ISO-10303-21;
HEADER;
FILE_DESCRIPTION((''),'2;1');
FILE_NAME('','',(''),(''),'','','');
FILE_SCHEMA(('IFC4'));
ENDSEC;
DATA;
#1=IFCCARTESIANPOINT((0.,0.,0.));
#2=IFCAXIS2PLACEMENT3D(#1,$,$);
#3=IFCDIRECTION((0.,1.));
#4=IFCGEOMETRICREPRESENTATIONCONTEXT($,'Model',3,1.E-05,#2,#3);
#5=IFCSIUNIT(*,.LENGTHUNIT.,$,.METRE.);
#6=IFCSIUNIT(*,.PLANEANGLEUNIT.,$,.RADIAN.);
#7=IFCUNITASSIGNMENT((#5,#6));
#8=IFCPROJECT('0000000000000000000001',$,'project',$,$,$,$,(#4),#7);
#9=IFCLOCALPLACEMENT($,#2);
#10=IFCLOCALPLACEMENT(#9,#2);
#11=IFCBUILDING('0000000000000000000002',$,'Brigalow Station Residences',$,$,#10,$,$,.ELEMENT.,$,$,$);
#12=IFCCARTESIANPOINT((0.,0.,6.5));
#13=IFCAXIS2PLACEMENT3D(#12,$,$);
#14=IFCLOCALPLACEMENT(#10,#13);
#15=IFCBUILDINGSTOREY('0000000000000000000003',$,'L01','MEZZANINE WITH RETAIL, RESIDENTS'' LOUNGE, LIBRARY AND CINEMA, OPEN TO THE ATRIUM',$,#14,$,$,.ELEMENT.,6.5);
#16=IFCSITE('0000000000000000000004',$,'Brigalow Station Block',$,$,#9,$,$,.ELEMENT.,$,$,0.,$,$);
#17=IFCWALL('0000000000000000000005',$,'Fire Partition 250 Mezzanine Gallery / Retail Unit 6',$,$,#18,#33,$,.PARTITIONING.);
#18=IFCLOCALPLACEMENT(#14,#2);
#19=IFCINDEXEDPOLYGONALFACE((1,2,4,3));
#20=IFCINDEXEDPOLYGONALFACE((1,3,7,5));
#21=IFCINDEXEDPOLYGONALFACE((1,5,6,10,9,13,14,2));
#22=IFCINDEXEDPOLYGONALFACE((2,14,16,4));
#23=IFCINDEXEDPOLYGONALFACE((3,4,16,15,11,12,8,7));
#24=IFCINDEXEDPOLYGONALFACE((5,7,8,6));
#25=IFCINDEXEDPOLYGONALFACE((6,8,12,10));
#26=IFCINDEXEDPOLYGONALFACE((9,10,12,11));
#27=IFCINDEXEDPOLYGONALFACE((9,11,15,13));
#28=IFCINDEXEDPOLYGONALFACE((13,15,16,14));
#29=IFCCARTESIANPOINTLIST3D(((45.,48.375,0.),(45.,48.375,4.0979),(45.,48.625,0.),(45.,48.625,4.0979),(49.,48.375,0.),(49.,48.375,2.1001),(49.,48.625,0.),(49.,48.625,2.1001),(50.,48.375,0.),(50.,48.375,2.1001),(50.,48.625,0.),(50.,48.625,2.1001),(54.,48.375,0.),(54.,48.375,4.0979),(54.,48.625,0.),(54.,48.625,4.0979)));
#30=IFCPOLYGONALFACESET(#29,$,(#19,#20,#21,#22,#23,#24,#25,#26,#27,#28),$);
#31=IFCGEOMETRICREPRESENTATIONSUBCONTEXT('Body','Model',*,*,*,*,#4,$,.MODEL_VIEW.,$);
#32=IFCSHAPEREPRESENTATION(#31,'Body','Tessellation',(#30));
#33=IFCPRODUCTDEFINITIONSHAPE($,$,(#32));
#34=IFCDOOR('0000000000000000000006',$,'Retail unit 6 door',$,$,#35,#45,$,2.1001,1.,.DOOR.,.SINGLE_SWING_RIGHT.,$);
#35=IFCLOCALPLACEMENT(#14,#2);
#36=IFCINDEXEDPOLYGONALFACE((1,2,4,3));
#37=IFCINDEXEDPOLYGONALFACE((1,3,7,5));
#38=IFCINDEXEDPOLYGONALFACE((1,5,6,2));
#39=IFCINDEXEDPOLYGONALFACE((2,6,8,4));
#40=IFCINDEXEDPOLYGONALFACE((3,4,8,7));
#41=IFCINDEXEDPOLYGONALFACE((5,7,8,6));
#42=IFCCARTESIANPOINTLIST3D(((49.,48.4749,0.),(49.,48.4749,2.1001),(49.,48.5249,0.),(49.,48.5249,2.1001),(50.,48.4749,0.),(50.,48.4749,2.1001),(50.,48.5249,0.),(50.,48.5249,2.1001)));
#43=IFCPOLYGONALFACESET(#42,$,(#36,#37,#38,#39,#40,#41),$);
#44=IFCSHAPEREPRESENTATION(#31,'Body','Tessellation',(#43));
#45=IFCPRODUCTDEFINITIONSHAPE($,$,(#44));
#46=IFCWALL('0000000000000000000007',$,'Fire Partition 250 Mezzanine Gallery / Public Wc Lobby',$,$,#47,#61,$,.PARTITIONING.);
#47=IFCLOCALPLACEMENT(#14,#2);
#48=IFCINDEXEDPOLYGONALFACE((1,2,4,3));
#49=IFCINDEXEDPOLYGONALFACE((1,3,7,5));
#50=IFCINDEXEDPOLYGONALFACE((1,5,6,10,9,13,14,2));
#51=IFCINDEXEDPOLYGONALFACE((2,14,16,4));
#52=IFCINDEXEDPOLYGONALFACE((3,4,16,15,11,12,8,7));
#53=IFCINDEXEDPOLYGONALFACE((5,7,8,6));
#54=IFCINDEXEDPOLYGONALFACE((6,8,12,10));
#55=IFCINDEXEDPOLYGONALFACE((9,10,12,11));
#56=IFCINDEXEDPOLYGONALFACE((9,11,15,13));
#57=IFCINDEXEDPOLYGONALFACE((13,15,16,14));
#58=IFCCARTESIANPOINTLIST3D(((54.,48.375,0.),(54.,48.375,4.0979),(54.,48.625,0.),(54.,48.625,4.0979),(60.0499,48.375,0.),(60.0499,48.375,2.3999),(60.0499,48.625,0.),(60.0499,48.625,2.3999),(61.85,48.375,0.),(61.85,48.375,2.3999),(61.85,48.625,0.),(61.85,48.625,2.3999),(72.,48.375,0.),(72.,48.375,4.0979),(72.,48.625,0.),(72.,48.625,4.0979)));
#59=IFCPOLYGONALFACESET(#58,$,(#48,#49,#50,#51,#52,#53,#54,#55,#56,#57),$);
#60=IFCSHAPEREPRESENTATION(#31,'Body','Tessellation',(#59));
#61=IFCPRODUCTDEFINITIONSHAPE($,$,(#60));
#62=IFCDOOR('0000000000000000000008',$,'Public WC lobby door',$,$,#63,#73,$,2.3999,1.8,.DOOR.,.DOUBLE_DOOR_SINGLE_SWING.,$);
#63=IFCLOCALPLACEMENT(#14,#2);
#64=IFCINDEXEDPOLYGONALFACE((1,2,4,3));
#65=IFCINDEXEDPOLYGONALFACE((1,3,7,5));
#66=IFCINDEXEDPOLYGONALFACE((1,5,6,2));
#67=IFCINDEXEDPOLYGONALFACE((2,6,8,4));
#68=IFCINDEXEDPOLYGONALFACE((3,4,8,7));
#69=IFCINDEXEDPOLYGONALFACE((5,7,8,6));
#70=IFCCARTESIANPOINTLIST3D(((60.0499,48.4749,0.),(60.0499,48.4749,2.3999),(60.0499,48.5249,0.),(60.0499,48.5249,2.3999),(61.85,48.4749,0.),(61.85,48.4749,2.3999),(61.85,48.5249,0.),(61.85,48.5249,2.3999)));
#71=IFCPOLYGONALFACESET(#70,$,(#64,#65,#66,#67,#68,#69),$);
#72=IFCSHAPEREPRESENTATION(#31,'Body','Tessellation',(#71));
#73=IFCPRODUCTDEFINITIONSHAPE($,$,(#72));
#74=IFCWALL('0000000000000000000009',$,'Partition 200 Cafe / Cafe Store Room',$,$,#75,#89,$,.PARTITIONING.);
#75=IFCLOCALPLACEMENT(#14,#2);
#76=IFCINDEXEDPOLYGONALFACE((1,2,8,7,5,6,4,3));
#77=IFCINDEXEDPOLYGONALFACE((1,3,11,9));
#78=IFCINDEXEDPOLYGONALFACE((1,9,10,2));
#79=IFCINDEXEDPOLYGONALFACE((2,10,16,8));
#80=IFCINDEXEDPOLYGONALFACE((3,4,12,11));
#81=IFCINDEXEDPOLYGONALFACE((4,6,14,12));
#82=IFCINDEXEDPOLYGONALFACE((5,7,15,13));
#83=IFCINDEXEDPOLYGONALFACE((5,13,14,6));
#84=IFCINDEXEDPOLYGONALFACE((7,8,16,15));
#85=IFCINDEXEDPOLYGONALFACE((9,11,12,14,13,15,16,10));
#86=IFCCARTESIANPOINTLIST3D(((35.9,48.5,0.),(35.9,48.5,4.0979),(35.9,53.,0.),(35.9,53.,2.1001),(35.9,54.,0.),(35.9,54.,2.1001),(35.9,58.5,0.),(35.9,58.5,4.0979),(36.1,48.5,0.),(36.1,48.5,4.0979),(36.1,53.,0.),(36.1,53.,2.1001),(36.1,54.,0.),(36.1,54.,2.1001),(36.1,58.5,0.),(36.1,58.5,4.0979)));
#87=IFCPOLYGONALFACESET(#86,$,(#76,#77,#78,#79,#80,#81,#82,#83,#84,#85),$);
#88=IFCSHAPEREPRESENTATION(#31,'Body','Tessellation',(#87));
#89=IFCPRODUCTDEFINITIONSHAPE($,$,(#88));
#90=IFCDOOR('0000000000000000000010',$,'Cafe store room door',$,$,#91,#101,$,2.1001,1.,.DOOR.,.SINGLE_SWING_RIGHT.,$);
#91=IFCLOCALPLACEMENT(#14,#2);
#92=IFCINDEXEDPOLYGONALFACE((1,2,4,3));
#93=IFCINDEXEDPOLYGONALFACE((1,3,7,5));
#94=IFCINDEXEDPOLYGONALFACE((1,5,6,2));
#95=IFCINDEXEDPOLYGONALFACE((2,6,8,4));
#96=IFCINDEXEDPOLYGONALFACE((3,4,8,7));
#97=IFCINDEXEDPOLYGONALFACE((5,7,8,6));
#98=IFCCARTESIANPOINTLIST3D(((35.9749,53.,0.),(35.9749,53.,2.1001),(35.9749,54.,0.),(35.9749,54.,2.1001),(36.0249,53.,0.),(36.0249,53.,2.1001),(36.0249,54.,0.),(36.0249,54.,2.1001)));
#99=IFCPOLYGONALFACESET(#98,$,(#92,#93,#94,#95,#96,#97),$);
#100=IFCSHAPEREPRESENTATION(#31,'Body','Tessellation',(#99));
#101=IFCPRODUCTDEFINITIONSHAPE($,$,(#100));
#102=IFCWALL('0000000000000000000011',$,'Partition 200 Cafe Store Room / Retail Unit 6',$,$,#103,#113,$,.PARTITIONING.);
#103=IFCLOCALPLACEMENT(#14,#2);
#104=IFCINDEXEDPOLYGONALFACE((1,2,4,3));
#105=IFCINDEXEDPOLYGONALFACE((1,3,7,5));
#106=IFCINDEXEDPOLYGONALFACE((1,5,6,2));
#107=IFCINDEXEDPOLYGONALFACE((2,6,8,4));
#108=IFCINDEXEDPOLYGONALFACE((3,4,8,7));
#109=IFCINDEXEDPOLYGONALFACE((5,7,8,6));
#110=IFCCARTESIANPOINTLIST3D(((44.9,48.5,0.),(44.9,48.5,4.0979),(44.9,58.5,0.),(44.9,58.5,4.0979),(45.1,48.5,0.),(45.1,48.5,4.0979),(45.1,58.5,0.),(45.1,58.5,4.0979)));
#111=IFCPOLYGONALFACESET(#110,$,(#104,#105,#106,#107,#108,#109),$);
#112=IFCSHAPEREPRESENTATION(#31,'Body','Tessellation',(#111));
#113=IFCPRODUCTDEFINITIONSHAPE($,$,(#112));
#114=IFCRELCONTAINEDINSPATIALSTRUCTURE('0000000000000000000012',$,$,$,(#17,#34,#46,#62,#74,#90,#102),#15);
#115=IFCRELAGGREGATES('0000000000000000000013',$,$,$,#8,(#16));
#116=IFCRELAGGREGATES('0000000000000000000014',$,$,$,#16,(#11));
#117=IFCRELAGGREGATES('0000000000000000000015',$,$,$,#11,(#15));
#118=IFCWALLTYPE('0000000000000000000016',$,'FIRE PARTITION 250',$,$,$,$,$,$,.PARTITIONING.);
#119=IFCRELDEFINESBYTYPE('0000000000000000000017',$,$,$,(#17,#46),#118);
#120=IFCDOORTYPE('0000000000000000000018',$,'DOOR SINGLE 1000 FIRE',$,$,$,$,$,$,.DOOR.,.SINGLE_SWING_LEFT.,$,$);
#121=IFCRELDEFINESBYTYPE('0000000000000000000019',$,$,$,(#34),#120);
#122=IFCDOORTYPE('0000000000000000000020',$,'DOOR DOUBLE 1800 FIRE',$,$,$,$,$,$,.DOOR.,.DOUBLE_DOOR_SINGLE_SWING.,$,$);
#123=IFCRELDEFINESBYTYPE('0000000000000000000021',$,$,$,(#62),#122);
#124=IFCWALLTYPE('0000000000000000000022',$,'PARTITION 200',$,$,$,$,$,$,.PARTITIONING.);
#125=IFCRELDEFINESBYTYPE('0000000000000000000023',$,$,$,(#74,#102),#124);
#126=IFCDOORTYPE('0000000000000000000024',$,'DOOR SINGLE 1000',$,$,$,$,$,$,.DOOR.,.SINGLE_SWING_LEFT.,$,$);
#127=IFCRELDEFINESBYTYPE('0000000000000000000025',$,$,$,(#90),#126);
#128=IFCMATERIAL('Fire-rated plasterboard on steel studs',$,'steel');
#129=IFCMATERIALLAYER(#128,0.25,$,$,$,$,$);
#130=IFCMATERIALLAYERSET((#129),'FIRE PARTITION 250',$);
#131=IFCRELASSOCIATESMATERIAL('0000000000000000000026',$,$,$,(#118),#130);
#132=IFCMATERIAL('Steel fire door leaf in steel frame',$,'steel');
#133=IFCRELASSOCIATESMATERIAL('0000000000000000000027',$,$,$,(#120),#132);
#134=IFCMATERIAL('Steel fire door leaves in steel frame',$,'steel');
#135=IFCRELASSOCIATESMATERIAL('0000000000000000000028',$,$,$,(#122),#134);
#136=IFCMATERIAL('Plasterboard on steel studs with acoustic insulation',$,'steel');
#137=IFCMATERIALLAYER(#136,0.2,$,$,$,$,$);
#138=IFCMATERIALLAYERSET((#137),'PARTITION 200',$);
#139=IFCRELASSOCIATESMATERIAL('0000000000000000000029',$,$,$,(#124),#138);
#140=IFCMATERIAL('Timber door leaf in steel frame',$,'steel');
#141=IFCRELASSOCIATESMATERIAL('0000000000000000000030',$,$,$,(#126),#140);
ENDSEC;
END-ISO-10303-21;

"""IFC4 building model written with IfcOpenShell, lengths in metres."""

from ifc_helpers import new_model, si_unit, direction, frame, frame_2d, origin, place, context, subcontext, project, spatial, rectangle, extrude, material, layer, layer_set, type_object, element, fill, save


model = new_model("IFC4")

# Units and contexts
model_context = context("Model", 3, precision=1e-05, world=origin(), true_north=direction((0.0, 1.0)))
body_context = subcontext(model_context, "Body", "Model", "MODEL_VIEW")
ifc_project = project(units=[si_unit("LENGTHUNIT", "METRE"), si_unit("PLANEANGLEUNIT", "RADIAN")], contexts=[model_context])

# Site, building, storey
site_placement = place(None, origin())
site = spatial("IfcSite", under=ifc_project, at=site_placement, Name="Brigalow Station Block", CompositionType="ELEMENT", RefElevation=0.0)
building_placement = place(site_placement, origin())
building = spatial("IfcBuilding", under=site, at=building_placement, Name="Brigalow Station Residences", CompositionType="ELEMENT")
storey_placement = place(building_placement, frame((0.0, 0.0, 6.5)))
storey = spatial("IfcBuildingStorey", under=building, at=storey_placement, Name="L01", Description="MEZZANINE WITH RETAIL, RESIDENTS' LOUNGE, LIBRARY AND CINEMA, OPEN TO THE ATRIUM", CompositionType="ELEMENT", Elevation=6.5)

# Shared definitions
ifc_material_1 = material(Name="Fire-rated plasterboard on steel studs", Category="steel")
ifc_layer_1 = layer(ifc_material_1, 0.25)
ifc_layer_set_1 = layer_set([ifc_layer_1], Name="FIRE PARTITION 250")
wall_type_1 = type_object("IfcWallType", Name="FIRE PARTITION 250", PredefinedType="PARTITIONING", material=ifc_layer_set_1)

# Walls, openings, doors
wall_1_placement = place(storey_placement, frame((45.0, 48.5, 0.0), z_axis=(0.0, 0.0, 1.0), x_axis=(1.0, 0.0, 0.0)))
wall_1 = element("IfcWall", 1, at=wall_1_placement, inside=storey, type_object=wall_type_1, Name="Fire Partition 250 Mezzanine Gallery / Retail Unit 6", PredefinedType="PARTITIONING", context=body_context, shape_type="SweptSolid", body=[
    extrude(rectangle(XDim=9.0, YDim=0.25, at=frame_2d((4.5, 0.0))), origin(), (0.0, 0.0, 1.0), 4.0979),
])
opening_1_placement = place(wall_1_placement, frame((4.0, 0.0, 0.0)))
opening_1 = element("IfcOpeningElement", 2, at=opening_1_placement, cuts=wall_1, PredefinedType="OPENING", context=body_context, shape_type="SweptSolid", body=[
    extrude(rectangle(XDim=1.0, YDim=2.1001, at=frame_2d((0.5, 1.05))), frame((0.0, 0.135, 0.0), z_axis=(0.0, -1.0, 0.0), x_axis=(1.0, 0.0, 0.0)), (0.0, 0.0, 1.0), 0.27),
])
ifc_material_2 = material(Name="Steel fire door leaf in steel frame", Category="steel")
door_type_1 = type_object("IfcDoorType", Name="DOOR SINGLE 1000 FIRE", OperationType="SINGLE_SWING_LEFT", PredefinedType="DOOR", material=ifc_material_2)
door_1_placement = place(opening_1_placement, origin())
door_1 = element("IfcDoor", 3, at=door_1_placement, inside=storey, type_object=door_type_1, Name="Retail unit 6 door", OperationType="SINGLE_SWING_RIGHT", OverallHeight=2.1001, OverallWidth=1.0, PredefinedType="DOOR", context=body_context, shape_type="SweptSolid", body=[
    extrude(rectangle(XDim=1.0, YDim=2.1001, at=frame_2d((0.5, 1.05))), frame((0.0, 0.0249, 0.0), z_axis=(0.0, -1.0, 0.0), x_axis=(1.0, 0.0, 0.0)), (0.0, 0.0, 1.0), 0.05),
])
fill(opening_1, door_1)
wall_2_placement = place(storey_placement, frame((54.0, 48.5, 0.0), z_axis=(0.0, 0.0, 1.0), x_axis=(1.0, 0.0, 0.0)))
wall_2 = element("IfcWall", 4, at=wall_2_placement, inside=storey, type_object=wall_type_1, Name="Fire Partition 250 Mezzanine Gallery / Public Wc Lobby", PredefinedType="PARTITIONING", context=body_context, shape_type="SweptSolid", body=[
    extrude(rectangle(XDim=18.0, YDim=0.25, at=frame_2d((9.0, 0.0))), origin(), (0.0, 0.0, 1.0), 4.0979),
])
opening_2_placement = place(wall_2_placement, frame((6.05, 0.0, 0.0)))
opening_2 = element("IfcOpeningElement", 5, at=opening_2_placement, cuts=wall_2, PredefinedType="OPENING", context=body_context, shape_type="SweptSolid", body=[
    extrude(rectangle(XDim=1.8, YDim=2.3999, at=frame_2d((0.8999, 1.2))), frame((0.0, 0.135, 0.0), z_axis=(0.0, -1.0, 0.0), x_axis=(1.0, 0.0, 0.0)), (0.0, 0.0, 1.0), 0.27),
])
ifc_material_3 = material(Name="Steel fire door leaves in steel frame", Category="steel")
door_type_2 = type_object("IfcDoorType", Name="DOOR DOUBLE 1800 FIRE", OperationType="DOUBLE_DOOR_SINGLE_SWING", PredefinedType="DOOR", material=ifc_material_3)
door_2_placement = place(opening_2_placement, origin())
door_2 = element("IfcDoor", 6, at=door_2_placement, inside=storey, type_object=door_type_2, Name="Public WC lobby door", OperationType="DOUBLE_DOOR_SINGLE_SWING", OverallHeight=2.3999, OverallWidth=1.8, PredefinedType="DOOR", context=body_context, shape_type="SweptSolid", body=[
    extrude(rectangle(XDim=1.8, YDim=2.3999, at=frame_2d((0.8999, 1.2))), frame((0.0, 0.0249, 0.0), z_axis=(0.0, -1.0, 0.0), x_axis=(1.0, 0.0, 0.0)), (0.0, 0.0, 1.0), 0.05),
])
fill(opening_2, door_2)
ifc_material_4 = material(Name="Plasterboard on steel studs with acoustic insulation", Category="steel")
ifc_layer_2 = layer(ifc_material_4, 0.2)
ifc_layer_set_2 = layer_set([ifc_layer_2], Name="PARTITION 200")
wall_type_2 = type_object("IfcWallType", Name="PARTITION 200", PredefinedType="PARTITIONING", material=ifc_layer_set_2)
wall_3_placement = place(storey_placement, frame((36.0, 48.5, 0.0), z_axis=(0.0, 0.0, 1.0), x_axis=(0.0, 1.0, 0.0)))
wall_3 = element("IfcWall", 7, at=wall_3_placement, inside=storey, type_object=wall_type_2, Name="Partition 200 Cafe / Cafe Store Room", PredefinedType="PARTITIONING", context=body_context, shape_type="SweptSolid", body=[
    extrude(rectangle(XDim=10.0, YDim=0.2, at=frame_2d((5.0, 0.0))), origin(), (0.0, 0.0, 1.0), 4.0979),
])
opening_3_placement = place(wall_3_placement, frame((4.5, 0.0, 0.0)))
opening_3 = element("IfcOpeningElement", 8, at=opening_3_placement, cuts=wall_3, PredefinedType="OPENING", context=body_context, shape_type="SweptSolid", body=[
    extrude(rectangle(XDim=1.0, YDim=2.1001, at=frame_2d((0.5, 1.05))), frame((0.0, 0.1099, 0.0), z_axis=(0.0, -1.0, 0.0), x_axis=(1.0, 0.0, 0.0)), (0.0, 0.0, 1.0), 0.22),
])
ifc_material_5 = material(Name="Timber door leaf in steel frame", Category="steel")
door_type_3 = type_object("IfcDoorType", Name="DOOR SINGLE 1000", OperationType="SINGLE_SWING_LEFT", PredefinedType="DOOR", material=ifc_material_5)
door_3_placement = place(opening_3_placement, frame((1.0, 0.0, 0.0), z_axis=(0.0, 0.0, 1.0), x_axis=(-1.0, 0.0, 0.0)))
door_3 = element("IfcDoor", 9, at=door_3_placement, inside=storey, type_object=door_type_3, Name="Cafe store room door", OperationType="SINGLE_SWING_RIGHT", OverallHeight=2.1001, OverallWidth=1.0, PredefinedType="DOOR", context=body_context, shape_type="SweptSolid", body=[
    extrude(rectangle(XDim=1.0, YDim=2.1001, at=frame_2d((0.5, 1.05))), frame((0.0, 0.0249, 0.0), z_axis=(0.0, -1.0, 0.0), x_axis=(1.0, 0.0, 0.0)), (0.0, 0.0, 1.0), 0.05),
])
fill(opening_3, door_3)

# Wall
wall_4_placement = place(storey_placement, frame((45.0, 48.5, 0.0), z_axis=(0.0, 0.0, 1.0), x_axis=(0.0, 1.0, 0.0)))
element("IfcWall", 10, at=wall_4_placement, inside=storey, type_object=wall_type_2, Name="Partition 200 Cafe Store Room / Retail Unit 6", PredefinedType="PARTITIONING", context=body_context, shape_type="SweptSolid", body=[
    extrude(rectangle(XDim=10.0, YDim=0.2, at=frame_2d((5.0, 0.0))), origin(), (0.0, 0.0, 1.0), 4.0979),
])

save(model, "model.ifc")
